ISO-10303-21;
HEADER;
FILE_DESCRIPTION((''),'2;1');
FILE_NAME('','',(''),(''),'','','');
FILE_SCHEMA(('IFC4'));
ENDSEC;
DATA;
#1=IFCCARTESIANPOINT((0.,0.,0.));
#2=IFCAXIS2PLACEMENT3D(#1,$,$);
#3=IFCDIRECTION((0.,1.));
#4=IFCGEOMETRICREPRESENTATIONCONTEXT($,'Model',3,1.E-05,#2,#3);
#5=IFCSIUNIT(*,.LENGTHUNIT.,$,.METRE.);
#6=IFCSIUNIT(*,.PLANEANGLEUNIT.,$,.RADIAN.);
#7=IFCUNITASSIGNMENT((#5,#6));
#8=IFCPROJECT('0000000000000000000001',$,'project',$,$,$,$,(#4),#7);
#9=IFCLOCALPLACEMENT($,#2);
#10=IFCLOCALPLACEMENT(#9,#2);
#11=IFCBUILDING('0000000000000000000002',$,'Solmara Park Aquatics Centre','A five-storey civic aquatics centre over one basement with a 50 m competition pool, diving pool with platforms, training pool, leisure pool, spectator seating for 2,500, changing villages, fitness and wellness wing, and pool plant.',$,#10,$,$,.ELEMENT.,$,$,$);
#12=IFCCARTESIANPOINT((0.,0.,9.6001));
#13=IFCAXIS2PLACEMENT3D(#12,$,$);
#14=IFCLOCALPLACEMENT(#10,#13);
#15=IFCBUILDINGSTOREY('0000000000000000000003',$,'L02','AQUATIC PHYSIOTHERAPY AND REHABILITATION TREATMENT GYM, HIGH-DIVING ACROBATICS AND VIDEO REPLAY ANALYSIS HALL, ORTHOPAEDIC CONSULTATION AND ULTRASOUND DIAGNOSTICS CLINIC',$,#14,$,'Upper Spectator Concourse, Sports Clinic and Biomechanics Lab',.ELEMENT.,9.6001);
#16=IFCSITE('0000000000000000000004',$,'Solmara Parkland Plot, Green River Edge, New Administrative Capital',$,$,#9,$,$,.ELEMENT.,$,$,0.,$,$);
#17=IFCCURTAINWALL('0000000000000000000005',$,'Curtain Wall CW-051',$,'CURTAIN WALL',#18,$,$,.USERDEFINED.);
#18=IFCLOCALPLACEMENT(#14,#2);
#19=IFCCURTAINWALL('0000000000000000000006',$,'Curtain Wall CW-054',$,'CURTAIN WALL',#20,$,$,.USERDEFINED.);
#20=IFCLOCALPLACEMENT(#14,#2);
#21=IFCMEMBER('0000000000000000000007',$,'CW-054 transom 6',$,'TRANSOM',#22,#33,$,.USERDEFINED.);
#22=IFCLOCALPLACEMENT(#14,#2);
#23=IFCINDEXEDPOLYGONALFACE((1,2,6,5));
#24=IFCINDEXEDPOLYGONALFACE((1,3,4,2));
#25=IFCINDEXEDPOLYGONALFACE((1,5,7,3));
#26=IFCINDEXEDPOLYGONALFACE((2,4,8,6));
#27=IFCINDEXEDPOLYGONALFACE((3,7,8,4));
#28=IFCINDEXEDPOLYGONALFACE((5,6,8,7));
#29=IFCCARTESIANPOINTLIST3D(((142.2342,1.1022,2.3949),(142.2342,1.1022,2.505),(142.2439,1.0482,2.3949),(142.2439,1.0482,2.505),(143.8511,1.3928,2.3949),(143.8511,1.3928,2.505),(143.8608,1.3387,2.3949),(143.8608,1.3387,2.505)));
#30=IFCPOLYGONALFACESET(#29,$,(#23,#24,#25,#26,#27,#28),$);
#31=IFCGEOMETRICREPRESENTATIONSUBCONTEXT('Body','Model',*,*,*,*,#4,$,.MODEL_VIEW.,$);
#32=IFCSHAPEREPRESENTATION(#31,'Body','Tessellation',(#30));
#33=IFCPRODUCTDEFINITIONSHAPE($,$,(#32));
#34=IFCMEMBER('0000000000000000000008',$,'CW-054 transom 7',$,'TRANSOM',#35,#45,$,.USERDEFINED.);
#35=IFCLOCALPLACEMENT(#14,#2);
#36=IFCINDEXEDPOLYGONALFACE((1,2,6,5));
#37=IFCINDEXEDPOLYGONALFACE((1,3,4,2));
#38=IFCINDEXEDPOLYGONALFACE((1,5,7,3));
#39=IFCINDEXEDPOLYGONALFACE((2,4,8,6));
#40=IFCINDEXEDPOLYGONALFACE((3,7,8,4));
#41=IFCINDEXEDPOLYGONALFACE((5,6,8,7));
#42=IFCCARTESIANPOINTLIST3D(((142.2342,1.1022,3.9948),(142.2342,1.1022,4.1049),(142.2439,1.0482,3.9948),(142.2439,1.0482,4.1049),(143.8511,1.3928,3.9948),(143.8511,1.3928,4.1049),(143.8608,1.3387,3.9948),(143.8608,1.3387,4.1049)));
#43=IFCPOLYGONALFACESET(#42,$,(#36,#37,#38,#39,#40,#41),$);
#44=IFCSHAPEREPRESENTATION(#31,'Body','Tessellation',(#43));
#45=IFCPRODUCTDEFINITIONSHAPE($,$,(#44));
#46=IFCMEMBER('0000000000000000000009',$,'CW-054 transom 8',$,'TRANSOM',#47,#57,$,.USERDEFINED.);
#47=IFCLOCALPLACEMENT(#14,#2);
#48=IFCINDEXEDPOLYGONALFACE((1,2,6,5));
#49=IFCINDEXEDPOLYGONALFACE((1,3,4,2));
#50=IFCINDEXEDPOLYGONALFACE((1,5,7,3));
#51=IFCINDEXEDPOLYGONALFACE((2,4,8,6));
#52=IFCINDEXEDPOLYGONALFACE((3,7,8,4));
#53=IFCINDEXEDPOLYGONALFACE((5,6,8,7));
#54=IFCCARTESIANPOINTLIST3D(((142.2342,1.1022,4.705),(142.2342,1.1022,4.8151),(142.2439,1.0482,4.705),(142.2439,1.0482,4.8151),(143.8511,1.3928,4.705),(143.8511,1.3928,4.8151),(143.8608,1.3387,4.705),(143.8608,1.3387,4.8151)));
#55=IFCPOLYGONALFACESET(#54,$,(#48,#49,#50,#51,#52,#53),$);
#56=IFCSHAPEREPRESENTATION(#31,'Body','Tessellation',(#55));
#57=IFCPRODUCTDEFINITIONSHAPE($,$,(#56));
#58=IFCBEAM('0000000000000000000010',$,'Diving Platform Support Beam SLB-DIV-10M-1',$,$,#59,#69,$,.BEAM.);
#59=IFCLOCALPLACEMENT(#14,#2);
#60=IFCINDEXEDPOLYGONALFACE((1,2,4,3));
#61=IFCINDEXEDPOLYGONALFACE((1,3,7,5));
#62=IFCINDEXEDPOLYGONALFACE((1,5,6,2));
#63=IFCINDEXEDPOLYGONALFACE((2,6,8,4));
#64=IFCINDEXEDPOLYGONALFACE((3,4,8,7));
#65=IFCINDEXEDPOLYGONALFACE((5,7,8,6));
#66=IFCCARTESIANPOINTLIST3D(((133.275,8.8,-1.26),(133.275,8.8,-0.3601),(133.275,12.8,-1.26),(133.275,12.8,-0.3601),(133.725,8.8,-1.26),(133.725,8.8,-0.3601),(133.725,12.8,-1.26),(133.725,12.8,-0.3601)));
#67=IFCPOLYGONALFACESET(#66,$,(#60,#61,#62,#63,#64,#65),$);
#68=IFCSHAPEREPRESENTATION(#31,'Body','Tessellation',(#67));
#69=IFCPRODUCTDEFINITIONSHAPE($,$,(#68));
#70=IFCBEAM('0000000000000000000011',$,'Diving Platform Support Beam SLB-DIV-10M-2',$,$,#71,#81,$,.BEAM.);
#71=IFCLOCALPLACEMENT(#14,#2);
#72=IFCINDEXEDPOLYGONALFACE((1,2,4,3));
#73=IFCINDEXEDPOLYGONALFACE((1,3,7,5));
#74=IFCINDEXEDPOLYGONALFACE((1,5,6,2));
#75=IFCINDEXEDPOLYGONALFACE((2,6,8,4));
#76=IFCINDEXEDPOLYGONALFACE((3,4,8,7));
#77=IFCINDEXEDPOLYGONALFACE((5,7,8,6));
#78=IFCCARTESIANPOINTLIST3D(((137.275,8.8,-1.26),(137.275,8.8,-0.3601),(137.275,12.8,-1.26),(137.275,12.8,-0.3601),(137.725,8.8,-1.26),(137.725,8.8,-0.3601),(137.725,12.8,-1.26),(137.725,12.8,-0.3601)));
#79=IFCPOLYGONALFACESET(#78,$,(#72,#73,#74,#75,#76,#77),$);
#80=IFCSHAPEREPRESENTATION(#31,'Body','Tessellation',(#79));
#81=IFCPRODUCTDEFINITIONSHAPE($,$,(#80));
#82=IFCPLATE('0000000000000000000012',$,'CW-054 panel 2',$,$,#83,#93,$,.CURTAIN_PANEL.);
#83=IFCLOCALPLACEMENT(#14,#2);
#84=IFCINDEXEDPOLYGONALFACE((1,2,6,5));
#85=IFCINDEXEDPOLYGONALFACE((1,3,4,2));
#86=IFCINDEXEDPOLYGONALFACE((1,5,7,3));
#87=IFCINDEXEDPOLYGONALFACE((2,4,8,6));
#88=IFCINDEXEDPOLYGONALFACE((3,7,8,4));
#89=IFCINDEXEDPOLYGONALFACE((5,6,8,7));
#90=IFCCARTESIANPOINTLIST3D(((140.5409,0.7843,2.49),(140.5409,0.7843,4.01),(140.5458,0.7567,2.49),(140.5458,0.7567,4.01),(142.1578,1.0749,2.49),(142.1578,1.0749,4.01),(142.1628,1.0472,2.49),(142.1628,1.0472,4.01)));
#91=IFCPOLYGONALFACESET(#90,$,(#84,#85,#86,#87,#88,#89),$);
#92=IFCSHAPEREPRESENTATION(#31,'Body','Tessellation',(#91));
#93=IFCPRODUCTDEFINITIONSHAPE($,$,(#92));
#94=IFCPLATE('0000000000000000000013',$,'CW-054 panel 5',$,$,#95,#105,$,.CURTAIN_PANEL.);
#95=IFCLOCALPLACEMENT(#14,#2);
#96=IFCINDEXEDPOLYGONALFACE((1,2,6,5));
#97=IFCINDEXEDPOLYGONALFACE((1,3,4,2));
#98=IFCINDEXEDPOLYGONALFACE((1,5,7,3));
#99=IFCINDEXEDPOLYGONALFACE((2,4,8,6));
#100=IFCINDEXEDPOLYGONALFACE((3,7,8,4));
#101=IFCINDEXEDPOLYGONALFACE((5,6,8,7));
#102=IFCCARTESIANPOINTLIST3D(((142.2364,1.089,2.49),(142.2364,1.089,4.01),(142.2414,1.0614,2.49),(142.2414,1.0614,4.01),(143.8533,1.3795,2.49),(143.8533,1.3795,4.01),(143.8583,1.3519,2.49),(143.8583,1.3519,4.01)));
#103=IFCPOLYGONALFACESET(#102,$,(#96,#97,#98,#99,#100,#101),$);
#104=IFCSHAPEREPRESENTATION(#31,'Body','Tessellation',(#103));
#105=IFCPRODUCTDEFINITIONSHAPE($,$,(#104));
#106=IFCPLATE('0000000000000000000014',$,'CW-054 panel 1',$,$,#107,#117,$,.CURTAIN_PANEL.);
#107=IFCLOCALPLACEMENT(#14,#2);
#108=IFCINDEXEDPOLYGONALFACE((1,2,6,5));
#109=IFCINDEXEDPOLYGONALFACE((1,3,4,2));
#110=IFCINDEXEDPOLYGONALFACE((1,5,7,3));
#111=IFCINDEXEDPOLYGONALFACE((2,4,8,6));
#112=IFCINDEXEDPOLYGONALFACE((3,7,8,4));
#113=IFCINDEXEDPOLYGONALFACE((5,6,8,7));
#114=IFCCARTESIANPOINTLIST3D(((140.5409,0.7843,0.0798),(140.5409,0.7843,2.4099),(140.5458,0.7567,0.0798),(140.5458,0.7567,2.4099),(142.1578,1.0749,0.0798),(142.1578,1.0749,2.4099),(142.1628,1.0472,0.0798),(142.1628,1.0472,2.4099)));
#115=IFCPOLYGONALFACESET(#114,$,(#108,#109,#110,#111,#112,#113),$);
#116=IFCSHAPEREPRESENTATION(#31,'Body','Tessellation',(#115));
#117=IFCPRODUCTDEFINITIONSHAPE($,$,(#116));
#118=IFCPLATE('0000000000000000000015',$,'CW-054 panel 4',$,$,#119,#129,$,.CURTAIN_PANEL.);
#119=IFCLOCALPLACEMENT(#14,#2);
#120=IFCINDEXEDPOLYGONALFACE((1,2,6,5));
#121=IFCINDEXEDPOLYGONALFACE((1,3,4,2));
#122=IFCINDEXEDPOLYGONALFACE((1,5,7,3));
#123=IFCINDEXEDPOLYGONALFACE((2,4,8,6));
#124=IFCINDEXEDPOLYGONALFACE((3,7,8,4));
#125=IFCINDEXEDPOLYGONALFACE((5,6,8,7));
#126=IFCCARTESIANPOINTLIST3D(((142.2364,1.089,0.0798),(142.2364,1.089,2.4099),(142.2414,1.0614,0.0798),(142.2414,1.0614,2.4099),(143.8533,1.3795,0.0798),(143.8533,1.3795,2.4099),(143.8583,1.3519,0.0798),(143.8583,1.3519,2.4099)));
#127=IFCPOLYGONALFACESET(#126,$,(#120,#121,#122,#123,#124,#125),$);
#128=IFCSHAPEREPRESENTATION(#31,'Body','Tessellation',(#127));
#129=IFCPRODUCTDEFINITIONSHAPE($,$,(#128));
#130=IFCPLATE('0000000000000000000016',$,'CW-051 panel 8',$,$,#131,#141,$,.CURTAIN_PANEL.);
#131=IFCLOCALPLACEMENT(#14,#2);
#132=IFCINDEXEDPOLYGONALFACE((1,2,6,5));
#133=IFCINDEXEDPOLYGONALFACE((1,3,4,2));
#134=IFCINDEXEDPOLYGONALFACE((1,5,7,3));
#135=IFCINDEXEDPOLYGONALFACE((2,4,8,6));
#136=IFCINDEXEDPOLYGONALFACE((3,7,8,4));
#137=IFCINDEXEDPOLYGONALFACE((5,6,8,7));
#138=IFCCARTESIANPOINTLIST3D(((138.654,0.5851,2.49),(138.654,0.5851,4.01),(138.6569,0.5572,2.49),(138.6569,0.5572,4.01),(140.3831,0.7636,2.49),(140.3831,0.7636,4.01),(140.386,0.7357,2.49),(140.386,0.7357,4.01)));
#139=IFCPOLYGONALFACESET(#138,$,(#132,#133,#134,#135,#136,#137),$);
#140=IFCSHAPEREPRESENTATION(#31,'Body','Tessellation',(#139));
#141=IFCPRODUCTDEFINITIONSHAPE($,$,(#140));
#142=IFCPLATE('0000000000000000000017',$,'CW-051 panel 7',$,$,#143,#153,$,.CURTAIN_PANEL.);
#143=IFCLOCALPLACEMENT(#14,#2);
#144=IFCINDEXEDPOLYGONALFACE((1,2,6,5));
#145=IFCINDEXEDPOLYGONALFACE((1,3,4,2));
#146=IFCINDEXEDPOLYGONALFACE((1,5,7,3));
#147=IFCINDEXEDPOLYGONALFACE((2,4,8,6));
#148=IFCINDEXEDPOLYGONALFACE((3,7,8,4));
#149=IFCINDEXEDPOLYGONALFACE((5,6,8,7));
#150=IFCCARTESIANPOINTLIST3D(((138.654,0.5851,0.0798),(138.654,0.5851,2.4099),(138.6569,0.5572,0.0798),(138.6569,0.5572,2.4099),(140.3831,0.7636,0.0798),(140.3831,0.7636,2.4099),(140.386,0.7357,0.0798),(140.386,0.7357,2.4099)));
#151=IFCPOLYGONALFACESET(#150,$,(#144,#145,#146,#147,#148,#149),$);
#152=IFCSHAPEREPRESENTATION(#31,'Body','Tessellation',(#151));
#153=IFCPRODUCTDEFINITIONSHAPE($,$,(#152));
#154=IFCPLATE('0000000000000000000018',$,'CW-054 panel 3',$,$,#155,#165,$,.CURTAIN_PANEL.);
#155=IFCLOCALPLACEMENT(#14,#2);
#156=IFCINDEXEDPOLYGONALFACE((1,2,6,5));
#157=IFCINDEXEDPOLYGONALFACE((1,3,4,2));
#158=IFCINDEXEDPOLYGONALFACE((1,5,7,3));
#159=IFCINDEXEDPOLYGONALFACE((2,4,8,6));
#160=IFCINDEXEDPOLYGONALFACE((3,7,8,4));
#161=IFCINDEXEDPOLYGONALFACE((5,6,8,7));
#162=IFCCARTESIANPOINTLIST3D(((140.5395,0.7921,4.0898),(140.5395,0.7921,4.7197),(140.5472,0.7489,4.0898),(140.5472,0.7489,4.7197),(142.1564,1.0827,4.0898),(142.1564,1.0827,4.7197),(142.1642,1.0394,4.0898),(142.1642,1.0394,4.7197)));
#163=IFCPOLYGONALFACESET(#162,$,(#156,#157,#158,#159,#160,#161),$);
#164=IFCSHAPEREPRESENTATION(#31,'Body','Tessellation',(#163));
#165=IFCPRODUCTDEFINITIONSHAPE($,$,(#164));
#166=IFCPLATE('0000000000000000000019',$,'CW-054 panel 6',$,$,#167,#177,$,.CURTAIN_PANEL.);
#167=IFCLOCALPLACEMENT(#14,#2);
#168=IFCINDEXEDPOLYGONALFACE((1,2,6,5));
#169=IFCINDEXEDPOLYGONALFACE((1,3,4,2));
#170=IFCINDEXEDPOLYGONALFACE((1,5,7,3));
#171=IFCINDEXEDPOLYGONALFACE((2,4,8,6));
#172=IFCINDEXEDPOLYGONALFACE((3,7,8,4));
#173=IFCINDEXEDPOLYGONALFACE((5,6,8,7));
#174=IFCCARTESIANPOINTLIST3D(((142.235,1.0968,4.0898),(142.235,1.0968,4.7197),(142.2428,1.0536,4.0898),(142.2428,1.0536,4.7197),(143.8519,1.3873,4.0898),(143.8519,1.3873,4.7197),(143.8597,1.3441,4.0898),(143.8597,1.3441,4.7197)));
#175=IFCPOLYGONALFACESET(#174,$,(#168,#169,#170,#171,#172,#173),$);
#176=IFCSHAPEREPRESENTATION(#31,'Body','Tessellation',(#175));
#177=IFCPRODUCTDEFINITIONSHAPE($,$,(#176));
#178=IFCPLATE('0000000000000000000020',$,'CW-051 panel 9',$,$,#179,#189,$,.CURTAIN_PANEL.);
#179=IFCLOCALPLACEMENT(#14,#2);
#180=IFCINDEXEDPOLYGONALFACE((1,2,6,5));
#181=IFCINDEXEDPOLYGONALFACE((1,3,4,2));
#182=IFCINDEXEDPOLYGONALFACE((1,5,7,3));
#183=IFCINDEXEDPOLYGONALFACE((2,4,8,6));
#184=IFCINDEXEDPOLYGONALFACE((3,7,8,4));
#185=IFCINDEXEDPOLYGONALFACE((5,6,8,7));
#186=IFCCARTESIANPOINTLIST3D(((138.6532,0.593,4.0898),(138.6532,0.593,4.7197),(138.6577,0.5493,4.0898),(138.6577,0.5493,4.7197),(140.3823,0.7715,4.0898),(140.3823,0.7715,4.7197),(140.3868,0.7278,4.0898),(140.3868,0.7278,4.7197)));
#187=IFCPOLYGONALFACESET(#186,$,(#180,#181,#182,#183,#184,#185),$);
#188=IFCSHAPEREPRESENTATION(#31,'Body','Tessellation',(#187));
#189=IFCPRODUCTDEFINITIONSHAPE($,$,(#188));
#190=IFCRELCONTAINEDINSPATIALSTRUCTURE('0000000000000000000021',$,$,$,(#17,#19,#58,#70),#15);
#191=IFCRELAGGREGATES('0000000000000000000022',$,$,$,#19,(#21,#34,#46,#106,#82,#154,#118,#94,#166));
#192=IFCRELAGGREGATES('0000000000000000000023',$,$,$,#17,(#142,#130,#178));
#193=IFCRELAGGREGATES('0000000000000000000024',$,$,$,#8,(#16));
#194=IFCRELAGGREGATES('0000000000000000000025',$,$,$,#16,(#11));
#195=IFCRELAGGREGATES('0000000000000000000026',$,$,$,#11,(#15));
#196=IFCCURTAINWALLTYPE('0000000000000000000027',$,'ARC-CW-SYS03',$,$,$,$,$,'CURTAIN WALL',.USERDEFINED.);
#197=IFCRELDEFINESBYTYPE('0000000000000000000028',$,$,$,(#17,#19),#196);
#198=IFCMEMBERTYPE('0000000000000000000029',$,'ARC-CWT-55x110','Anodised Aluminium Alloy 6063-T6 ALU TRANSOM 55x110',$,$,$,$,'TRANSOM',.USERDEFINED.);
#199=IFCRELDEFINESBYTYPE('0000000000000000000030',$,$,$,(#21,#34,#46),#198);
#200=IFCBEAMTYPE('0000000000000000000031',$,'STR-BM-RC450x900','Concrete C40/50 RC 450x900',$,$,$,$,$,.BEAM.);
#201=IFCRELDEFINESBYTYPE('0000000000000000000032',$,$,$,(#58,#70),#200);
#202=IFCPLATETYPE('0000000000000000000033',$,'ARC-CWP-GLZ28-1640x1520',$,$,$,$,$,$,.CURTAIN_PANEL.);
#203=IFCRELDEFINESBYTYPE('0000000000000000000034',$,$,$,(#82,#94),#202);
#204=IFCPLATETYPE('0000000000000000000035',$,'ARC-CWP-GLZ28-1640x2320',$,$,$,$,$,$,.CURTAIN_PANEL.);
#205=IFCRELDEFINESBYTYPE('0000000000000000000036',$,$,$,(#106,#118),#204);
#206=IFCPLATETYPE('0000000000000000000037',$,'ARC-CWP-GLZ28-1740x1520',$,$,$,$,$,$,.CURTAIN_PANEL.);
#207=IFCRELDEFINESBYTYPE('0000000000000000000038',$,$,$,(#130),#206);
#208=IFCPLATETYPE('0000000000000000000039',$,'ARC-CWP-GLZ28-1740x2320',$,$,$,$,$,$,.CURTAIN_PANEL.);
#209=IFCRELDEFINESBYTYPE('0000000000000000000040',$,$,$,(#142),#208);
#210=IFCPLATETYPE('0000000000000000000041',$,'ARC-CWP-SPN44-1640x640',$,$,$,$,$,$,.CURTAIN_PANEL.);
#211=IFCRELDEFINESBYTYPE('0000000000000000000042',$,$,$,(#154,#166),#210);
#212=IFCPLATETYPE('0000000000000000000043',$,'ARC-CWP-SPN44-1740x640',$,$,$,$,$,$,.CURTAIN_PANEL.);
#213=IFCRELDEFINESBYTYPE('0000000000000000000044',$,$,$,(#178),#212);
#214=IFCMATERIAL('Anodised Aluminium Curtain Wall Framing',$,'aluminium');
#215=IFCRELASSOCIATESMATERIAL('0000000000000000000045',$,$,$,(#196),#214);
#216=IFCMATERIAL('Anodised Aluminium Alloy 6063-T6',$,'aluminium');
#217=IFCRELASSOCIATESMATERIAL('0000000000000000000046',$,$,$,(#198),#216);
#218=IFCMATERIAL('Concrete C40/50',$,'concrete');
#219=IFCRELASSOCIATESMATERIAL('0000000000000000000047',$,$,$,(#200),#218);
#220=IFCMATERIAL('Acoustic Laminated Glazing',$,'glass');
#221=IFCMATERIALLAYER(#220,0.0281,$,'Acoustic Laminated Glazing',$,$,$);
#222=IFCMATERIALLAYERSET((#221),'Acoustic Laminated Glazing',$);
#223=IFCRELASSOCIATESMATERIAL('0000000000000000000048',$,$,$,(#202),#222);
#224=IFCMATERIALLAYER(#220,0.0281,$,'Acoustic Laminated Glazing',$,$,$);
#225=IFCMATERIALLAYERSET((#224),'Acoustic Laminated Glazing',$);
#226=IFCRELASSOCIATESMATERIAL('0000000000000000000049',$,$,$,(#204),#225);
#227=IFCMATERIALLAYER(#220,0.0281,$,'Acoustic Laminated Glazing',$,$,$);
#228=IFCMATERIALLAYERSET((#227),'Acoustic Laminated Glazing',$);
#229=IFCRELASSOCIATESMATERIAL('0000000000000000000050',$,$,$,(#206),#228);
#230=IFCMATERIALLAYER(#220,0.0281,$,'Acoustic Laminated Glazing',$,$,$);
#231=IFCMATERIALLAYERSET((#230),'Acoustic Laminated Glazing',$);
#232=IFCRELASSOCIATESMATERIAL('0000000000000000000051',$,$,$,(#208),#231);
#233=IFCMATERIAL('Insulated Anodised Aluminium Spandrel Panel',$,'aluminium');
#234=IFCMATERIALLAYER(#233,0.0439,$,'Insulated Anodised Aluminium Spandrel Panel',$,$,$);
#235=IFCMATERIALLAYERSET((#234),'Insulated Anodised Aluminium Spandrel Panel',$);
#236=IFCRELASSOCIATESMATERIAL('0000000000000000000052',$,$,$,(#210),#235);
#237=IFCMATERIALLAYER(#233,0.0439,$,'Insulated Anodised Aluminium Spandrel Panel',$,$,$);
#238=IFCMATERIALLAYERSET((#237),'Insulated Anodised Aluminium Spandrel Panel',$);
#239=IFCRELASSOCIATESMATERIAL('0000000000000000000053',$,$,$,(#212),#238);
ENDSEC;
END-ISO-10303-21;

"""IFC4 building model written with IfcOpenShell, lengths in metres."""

from ifc_helpers import new_model, si_unit, direction, frame, origin, origin_2d, place, context, subcontext, project, spatial, rectangle, extrude, material, layer, layer_set, material_profile, profile_set, type_object, element, aggregate, save


model = new_model("IFC4")

# Units and contexts
model_context = context("Model", 3, precision=1e-05, world=origin(), true_north=direction((0.0, 1.0)))
body_context = subcontext(model_context, "Body", "Model", "MODEL_VIEW")
ifc_project = project(units=[si_unit("LENGTHUNIT", "METRE"), si_unit("PLANEANGLEUNIT", "RADIAN")], contexts=[model_context])

# Site, building, storey
site_placement = place(None, origin())
site = spatial("IfcSite", under=ifc_project, at=site_placement, Name="Solmara Parkland Plot, Green River Edge, New Administrative Capital", CompositionType="ELEMENT", RefElevation=0.0)
building_placement = place(site_placement, origin())
building = spatial("IfcBuilding", under=site, at=building_placement, Name="Solmara Park Aquatics Centre", Description="A five-storey civic aquatics centre over one basement with a 50 m competition pool, diving pool with platforms, training pool, leisure pool, spectator seating for 2,500, changing villages, fitness and wellness wing, and pool plant.", CompositionType="ELEMENT")
storey_placement = place(building_placement, frame((0.0, 0.0, 9.6001)))
storey = spatial("IfcBuildingStorey", under=building, at=storey_placement, Name="L02", Description="AQUATIC PHYSIOTHERAPY AND REHABILITATION TREATMENT GYM, HIGH-DIVING ACROBATICS AND VIDEO REPLAY ANALYSIS HALL, ORTHOPAEDIC CONSULTATION AND ULTRASOUND DIAGNOSTICS CLINIC", LongName="Upper Spectator Concourse, Sports Clinic and Biomechanics Lab", CompositionType="ELEMENT", Elevation=9.6001)

# Shared definitions
ifc_material_1 = material(Name="Concrete C40/50", Category="concrete")

# Curtain wall
ifc_material_2 = material(Name="Anodised Aluminium Curtain Wall Framing", Category="aluminium")
curtain_wall_type = type_object("IfcCurtainWallType", Name="ARC-CW-SYS03", ElementType="CURTAIN WALL", PredefinedType="USERDEFINED", material=ifc_material_2)
curtain_wall_1_placement = place(storey_placement, origin())
curtain_wall_1 = element("IfcCurtainWall", 1, at=curtain_wall_1_placement, inside=storey, type_object=curtain_wall_type, Name="Curtain Wall CW-051", ObjectType="CURTAIN WALL", PredefinedType="USERDEFINED")
ifc_material_3 = material(Name="Anodised Aluminium Alloy 6063-T6", Category="aluminium")

# Curtain wall
curtain_wall_2_placement = place(storey_placement, origin())
curtain_wall_2 = element("IfcCurtainWall", 2, at=curtain_wall_2_placement, inside=storey, type_object=curtain_wall_type, Name="Curtain Wall CW-054", ObjectType="CURTAIN WALL", PredefinedType="USERDEFINED")

# Members
ifc_material_profile_1 = material_profile(ifc_material_3, rectangle(XDim=0.0549, YDim=0.1101, at=origin_2d()), Name="ALU TRANSOM 55x110")
ifc_profile_set_1 = profile_set([ifc_material_profile_1], Name="Anodised Aluminium Alloy 6063-T6")
member_type_1 = type_object("IfcMemberType", Name="ARC-CWT-55x110", Description="Anodised Aluminium Alloy 6063-T6 ALU TRANSOM 55x110", ElementType="TRANSOM", PredefinedType="USERDEFINED", material=ifc_profile_set_1)
member_1_placement = place(storey_placement, frame((142.239, 1.0752, 2.45), z_axis=(0.984239, 0.176845, 0.0), x_axis=(-0.176845, 0.984239, 0.0)))
member_1 = element("IfcMember", 3, at=member_1_placement, type_object=member_type_1, Name="CW-054 transom 6", ObjectType="TRANSOM", PredefinedType="USERDEFINED", context=body_context, shape_type="SweptSolid", body=[
    extrude(rectangle(XDim=0.0549, YDim=0.1101, at=origin_2d()), origin(), (0.0, 0.0, 1.0), 1.6428),
])
member_2_placement = place(storey_placement, frame((142.239, 1.0752, 4.0498), z_axis=(0.984239, 0.176845, 0.0), x_axis=(-0.176845, 0.984239, 0.0)))
member_2 = element("IfcMember", 4, at=member_2_placement, type_object=member_type_1, Name="CW-054 transom 7", ObjectType="TRANSOM", PredefinedType="USERDEFINED", context=body_context, shape_type="SweptSolid", body=[
    extrude(rectangle(XDim=0.0549, YDim=0.1101, at=origin_2d()), origin(), (0.0, 0.0, 1.0), 1.6428),
])
member_3_placement = place(storey_placement, frame((142.239, 1.0752, 4.76), z_axis=(0.984239, 0.176845, 0.0), x_axis=(-0.176845, 0.984239, 0.0)))
member_3 = element("IfcMember", 5, at=member_3_placement, type_object=member_type_1, Name="CW-054 transom 8", ObjectType="TRANSOM", PredefinedType="USERDEFINED", context=body_context, shape_type="SweptSolid", body=[
    extrude(rectangle(XDim=0.0549, YDim=0.1101, at=origin_2d()), origin(), (0.0, 0.0, 1.0), 1.6428),
])

# Beams
ifc_material_profile_2 = material_profile(ifc_material_1, rectangle(XDim=0.45, YDim=0.8999, at=origin_2d()), Name="RC 450x900")
ifc_profile_set_2 = profile_set([ifc_material_profile_2], Name="Concrete C40/50")
beam_type = type_object("IfcBeamType", Name="STR-BM-RC450x900", Description="Concrete C40/50 RC 450x900", PredefinedType="BEAM", material=ifc_profile_set_2)
for number, where, z_axis, x_axis, name in (
    (6, (133.5, 8.8, -0.8101), (0.0, 1.0, 0.0), (-1.0, 0.0, 0.0), "Diving Platform Support Beam SLB-DIV-10M-1"),
    (7, (137.5, 8.8, -0.8101), (0.0, 1.0, 0.0), (-1.0, 0.0, 0.0), "Diving Platform Support Beam SLB-DIV-10M-2"),
):
    element("IfcBeam", number, at=place(storey_placement, frame(where, z_axis=z_axis, x_axis=x_axis)), inside=storey, type_object=beam_type, Name=name, PredefinedType="BEAM", context=body_context, shape_type="SweptSolid", body=[
        extrude(rectangle(XDim=0.45, YDim=0.8999, at=origin_2d()), origin(), (0.0, 0.0, 1.0), 4.0),
    ])

# Plates
ifc_material_4 = material(Name="Acoustic Laminated Glazing", Category="glass")
ifc_layer_1 = layer(ifc_material_4, 0.0281, Name="Acoustic Laminated Glazing")
ifc_layer_set_1 = layer_set([ifc_layer_1], Name="Acoustic Laminated Glazing")
plate_type_1 = type_object("IfcPlateType", Name="ARC-CWP-GLZ28-1640x1520", PredefinedType="CURTAIN_PANEL", material=ifc_layer_set_1)
plate_1_placement = place(storey_placement, frame((141.3518, 0.9158, 2.49), z_axis=(0.0, 0.0, 1.0), x_axis=(0.984239, 0.176846, 0.0)))
plate_1 = element("IfcPlate", 8, at=plate_1_placement, type_object=plate_type_1, Name="CW-054 panel 2", PredefinedType="CURTAIN_PANEL", context=body_context, shape_type="SweptSolid", body=[
    extrude(rectangle(XDim=1.6428, YDim=0.0281, at=origin_2d()), origin(), (0.0, 0.0, 1.0), 1.52),
])
plate_2_placement = place(storey_placement, frame((143.0474, 1.2205, 2.49), z_axis=(0.0, 0.0, 1.0), x_axis=(0.984239, 0.176846, 0.0)))
plate_2 = element("IfcPlate", 9, at=plate_2_placement, type_object=plate_type_1, Name="CW-054 panel 5", PredefinedType="CURTAIN_PANEL", context=body_context, shape_type="SweptSolid", body=[
    extrude(rectangle(XDim=1.6428, YDim=0.0281, at=origin_2d()), origin(), (0.0, 0.0, 1.0), 1.52),
])
ifc_layer_2 = layer(ifc_material_4, 0.0281, Name="Acoustic Laminated Glazing")
ifc_layer_set_2 = layer_set([ifc_layer_2], Name="Acoustic Laminated Glazing")
plate_type_2 = type_object("IfcPlateType", Name="ARC-CWP-GLZ28-1640x2320", PredefinedType="CURTAIN_PANEL", material=ifc_layer_set_2)
plate_3_placement = place(storey_placement, frame((141.3518, 0.9158, 0.0798), z_axis=(0.0, 0.0, 1.0), x_axis=(0.984239, 0.176846, 0.0)))
plate_3 = element("IfcPlate", 10, at=plate_3_placement, type_object=plate_type_2, Name="CW-054 panel 1", PredefinedType="CURTAIN_PANEL", context=body_context, shape_type="SweptSolid", body=[
    extrude(rectangle(XDim=1.6428, YDim=0.0281, at=origin_2d()), origin(), (0.0, 0.0, 1.0), 2.3301),
])
plate_4_placement = place(storey_placement, frame((143.0474, 1.2205, 0.0798), z_axis=(0.0, 0.0, 1.0), x_axis=(0.984239, 0.176846, 0.0)))
plate_4 = element("IfcPlate", 11, at=plate_4_placement, type_object=plate_type_2, Name="CW-054 panel 4", PredefinedType="CURTAIN_PANEL", context=body_context, shape_type="SweptSolid", body=[
    extrude(rectangle(XDim=1.6428, YDim=0.0281, at=origin_2d()), origin(), (0.0, 0.0, 1.0), 2.3301),
])
ifc_layer_3 = layer(ifc_material_4, 0.0281, Name="Acoustic Laminated Glazing")
ifc_layer_set_3 = layer_set([ifc_layer_3], Name="Acoustic Laminated Glazing")
plate_type_3 = type_object("IfcPlateType", Name="ARC-CWP-GLZ28-1740x1520", PredefinedType="CURTAIN_PANEL", material=ifc_layer_set_3)
plate_5_placement = place(storey_placement, frame((139.52, 0.6604, 2.49), z_axis=(0.0, 0.0, 1.0), x_axis=(0.994711, 0.102709, 0.0)))
plate_5 = element("IfcPlate", 12, at=plate_5_placement, type_object=plate_type_3, Name="CW-051 panel 8", PredefinedType="CURTAIN_PANEL", context=body_context, shape_type="SweptSolid", body=[
    extrude(rectangle(XDim=1.7383, YDim=0.0281, at=origin_2d()), origin(), (0.0, 0.0, 1.0), 1.52),
])
ifc_layer_4 = layer(ifc_material_4, 0.0281, Name="Acoustic Laminated Glazing")
ifc_layer_set_4 = layer_set([ifc_layer_4], Name="Acoustic Laminated Glazing")
plate_type_4 = type_object("IfcPlateType", Name="ARC-CWP-GLZ28-1740x2320", PredefinedType="CURTAIN_PANEL", material=ifc_layer_set_4)
plate_6_placement = place(storey_placement, frame((139.52, 0.6604, 0.0798), z_axis=(0.0, 0.0, 1.0), x_axis=(0.994711, 0.102709, 0.0)))
plate_6 = element("IfcPlate", 13, at=plate_6_placement, type_object=plate_type_4, Name="CW-051 panel 7", PredefinedType="CURTAIN_PANEL", context=body_context, shape_type="SweptSolid", body=[
    extrude(rectangle(XDim=1.7383, YDim=0.0281, at=origin_2d()), origin(), (0.0, 0.0, 1.0), 2.3301),
])
ifc_material_5 = material(Name="Insulated Anodised Aluminium Spandrel Panel", Category="aluminium")
ifc_layer_5 = layer(ifc_material_5, 0.0439, Name="Insulated Anodised Aluminium Spandrel Panel")
ifc_layer_set_5 = layer_set([ifc_layer_5], Name="Insulated Anodised Aluminium Spandrel Panel")
plate_type_5 = type_object("IfcPlateType", Name="ARC-CWP-SPN44-1640x640", PredefinedType="CURTAIN_PANEL", material=ifc_layer_set_5)
plate_7_placement = place(storey_placement, frame((141.3518, 0.9158, 4.0898), z_axis=(0.0, 0.0, 1.0), x_axis=(0.984239, 0.176846, 0.0)))
plate_7 = element("IfcPlate", 14, at=plate_7_placement, type_object=plate_type_5, Name="CW-054 panel 3", PredefinedType="CURTAIN_PANEL", context=body_context, shape_type="SweptSolid", body=[
    extrude(rectangle(XDim=1.6428, YDim=0.0439, at=origin_2d()), origin(), (0.0, 0.0, 1.0), 0.6299),
])
plate_8_placement = place(storey_placement, frame((143.0474, 1.2205, 4.0898), z_axis=(0.0, 0.0, 1.0), x_axis=(0.984239, 0.176846, 0.0)))
plate_8 = element("IfcPlate", 15, at=plate_8_placement, type_object=plate_type_5, Name="CW-054 panel 6", PredefinedType="CURTAIN_PANEL", context=body_context, shape_type="SweptSolid", body=[
    extrude(rectangle(XDim=1.6428, YDim=0.0439, at=origin_2d()), origin(), (0.0, 0.0, 1.0), 0.6299),
])
aggregate(curtain_wall_2, [member_1, member_2, member_3, plate_3, plate_1, plate_7, plate_4, plate_2, plate_8])
ifc_layer_6 = layer(ifc_material_5, 0.0439, Name="Insulated Anodised Aluminium Spandrel Panel")
ifc_layer_set_6 = layer_set([ifc_layer_6], Name="Insulated Anodised Aluminium Spandrel Panel")
plate_type_6 = type_object("IfcPlateType", Name="ARC-CWP-SPN44-1740x640", PredefinedType="CURTAIN_PANEL", material=ifc_layer_set_6)
plate_9_placement = place(storey_placement, frame((139.52, 0.6604, 4.0898), z_axis=(0.0, 0.0, 1.0), x_axis=(0.994711, 0.102709, 0.0)))
plate_9 = element("IfcPlate", 16, at=plate_9_placement, type_object=plate_type_6, Name="CW-051 panel 9", PredefinedType="CURTAIN_PANEL", context=body_context, shape_type="SweptSolid", body=[
    extrude(rectangle(XDim=1.7383, YDim=0.0439, at=origin_2d()), origin(), (0.0, 0.0, 1.0), 0.6299),
])
aggregate(curtain_wall_1, [plate_6, plate_5, plate_9])

save(model, "model.ifc")
